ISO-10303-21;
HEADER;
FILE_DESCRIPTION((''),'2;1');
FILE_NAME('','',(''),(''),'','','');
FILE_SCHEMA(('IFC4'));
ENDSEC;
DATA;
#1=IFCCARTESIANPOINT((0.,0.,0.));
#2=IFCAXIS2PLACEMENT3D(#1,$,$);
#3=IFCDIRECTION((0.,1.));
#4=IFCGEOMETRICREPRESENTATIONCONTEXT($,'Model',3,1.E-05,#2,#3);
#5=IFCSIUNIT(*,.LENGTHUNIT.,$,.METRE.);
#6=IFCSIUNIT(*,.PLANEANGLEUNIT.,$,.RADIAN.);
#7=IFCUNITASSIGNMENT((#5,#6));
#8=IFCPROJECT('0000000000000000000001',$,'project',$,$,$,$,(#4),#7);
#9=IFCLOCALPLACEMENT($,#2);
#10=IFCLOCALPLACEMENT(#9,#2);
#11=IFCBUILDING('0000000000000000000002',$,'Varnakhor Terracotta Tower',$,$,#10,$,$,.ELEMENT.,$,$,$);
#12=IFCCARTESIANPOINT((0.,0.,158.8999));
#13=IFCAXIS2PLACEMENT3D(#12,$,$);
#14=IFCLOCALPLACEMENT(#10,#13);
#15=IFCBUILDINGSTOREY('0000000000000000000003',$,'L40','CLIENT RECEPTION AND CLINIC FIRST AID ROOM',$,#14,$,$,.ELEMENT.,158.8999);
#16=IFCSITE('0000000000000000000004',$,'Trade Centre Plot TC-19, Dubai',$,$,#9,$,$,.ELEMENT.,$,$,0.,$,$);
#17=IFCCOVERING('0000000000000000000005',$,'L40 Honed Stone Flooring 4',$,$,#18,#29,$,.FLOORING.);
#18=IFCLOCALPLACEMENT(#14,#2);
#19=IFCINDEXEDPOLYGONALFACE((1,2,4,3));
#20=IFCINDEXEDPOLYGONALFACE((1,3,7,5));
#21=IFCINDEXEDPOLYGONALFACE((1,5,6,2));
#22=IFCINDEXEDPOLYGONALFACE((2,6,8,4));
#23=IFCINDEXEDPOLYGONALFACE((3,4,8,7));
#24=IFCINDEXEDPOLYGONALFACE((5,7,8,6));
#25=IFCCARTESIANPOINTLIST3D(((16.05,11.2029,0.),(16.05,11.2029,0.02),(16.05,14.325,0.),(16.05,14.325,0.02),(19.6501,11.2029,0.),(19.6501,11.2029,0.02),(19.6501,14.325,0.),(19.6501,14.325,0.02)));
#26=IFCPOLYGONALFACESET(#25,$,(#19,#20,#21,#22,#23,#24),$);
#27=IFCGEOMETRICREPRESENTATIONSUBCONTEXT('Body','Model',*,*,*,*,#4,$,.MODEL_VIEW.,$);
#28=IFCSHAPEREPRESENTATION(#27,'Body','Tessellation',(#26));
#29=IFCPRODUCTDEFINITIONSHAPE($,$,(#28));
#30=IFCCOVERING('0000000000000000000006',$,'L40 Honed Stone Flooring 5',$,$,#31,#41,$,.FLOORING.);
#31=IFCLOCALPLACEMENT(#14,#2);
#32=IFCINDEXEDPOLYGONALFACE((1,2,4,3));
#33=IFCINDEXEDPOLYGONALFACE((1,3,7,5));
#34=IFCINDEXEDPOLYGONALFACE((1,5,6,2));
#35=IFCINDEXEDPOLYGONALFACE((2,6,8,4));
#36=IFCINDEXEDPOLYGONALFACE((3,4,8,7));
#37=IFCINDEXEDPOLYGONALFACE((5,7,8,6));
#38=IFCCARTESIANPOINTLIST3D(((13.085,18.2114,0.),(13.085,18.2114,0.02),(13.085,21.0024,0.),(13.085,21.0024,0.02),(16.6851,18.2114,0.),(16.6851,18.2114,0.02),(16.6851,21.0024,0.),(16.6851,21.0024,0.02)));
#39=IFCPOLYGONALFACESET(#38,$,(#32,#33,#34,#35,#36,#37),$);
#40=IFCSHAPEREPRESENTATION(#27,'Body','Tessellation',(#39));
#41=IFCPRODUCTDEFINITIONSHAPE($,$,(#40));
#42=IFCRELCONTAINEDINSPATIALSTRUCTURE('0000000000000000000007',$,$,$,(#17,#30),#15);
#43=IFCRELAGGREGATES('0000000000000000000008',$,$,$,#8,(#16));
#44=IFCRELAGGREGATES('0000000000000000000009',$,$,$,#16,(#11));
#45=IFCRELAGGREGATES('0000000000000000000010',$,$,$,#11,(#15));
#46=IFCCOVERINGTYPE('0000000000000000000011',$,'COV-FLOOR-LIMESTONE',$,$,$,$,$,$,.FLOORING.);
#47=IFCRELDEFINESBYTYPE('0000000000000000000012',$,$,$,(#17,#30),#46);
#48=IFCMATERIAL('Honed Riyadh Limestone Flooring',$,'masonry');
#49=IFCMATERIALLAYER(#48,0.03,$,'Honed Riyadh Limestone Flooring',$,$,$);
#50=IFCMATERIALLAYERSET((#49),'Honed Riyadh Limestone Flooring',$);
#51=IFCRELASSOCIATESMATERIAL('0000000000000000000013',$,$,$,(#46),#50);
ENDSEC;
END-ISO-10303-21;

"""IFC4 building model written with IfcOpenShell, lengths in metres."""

from ifc_helpers import new_model, si_unit, direction, frame, origin, origin_2d, place, context, subcontext, project, spatial, rectangle, extrude, source, transform, mapped, material, layer, layer_set, type_object, element, save


model = new_model("IFC4")

# Units and contexts
model_context = context("Model", 3, precision=1e-05, world=origin(), true_north=direction((0.0, 1.0)))
body_context = subcontext(model_context, "Body", "Model", "MODEL_VIEW")
ifc_project = project(units=[si_unit("LENGTHUNIT", "METRE"), si_unit("PLANEANGLEUNIT", "RADIAN")], contexts=[model_context])

# Site, building, storey
site_placement = place(None, origin())
site = spatial("IfcSite", under=ifc_project, at=site_placement, Name="Trade Centre Plot TC-19, Dubai", CompositionType="ELEMENT", RefElevation=0.0)
building_placement = place(site_placement, origin())
building = spatial("IfcBuilding", under=site, at=building_placement, Name="Varnakhor Terracotta Tower", CompositionType="ELEMENT")
storey_placement = place(building_placement, frame((0.0, 0.0, 158.8999)))
storey = spatial("IfcBuildingStorey", under=building, at=storey_placement, Name="L40", Description="CLIENT RECEPTION AND CLINIC FIRST AID ROOM", CompositionType="ELEMENT", Elevation=158.8999)

# Coverings
ifc_material_1 = material(Name="Honed Riyadh Limestone Flooring", Category="masonry")
ifc_layer_1 = layer(ifc_material_1, 0.03, Name="Honed Riyadh Limestone Flooring")
ifc_layer_set_1 = layer_set([ifc_layer_1], Name="Honed Riyadh Limestone Flooring")
covering_type = type_object("IfcCoveringType", Name="COV-FLOOR-LIMESTONE", PredefinedType="FLOORING", material=ifc_layer_set_1)
shared_shape_1 = source(origin(), body_context, "Body", "SweptSolid", [
    extrude(rectangle(XDim=3.6001, YDim=3.1221, at=origin_2d()), origin(), (0.0, 0.0, 1.0), 0.02),
])
covering_1_placement = place(storey_placement, frame((17.8501, 12.7639, 0.0), z_axis=(0.0, 0.0, 1.0), x_axis=(1.0, 0.0, 0.0)))
element("IfcCovering", 1, at=covering_1_placement, inside=storey, type_object=covering_type, Name="L40 Honed Stone Flooring 4", PredefinedType="FLOORING", context=body_context, shape_type="MappedRepresentation", body=[
    mapped(shared_shape_1, transform((0.0, 0.0, 0.0), scale=1.0)),
])
shared_shape_2 = source(origin(), body_context, "Body", "SweptSolid", [
    extrude(rectangle(XDim=3.6001, YDim=2.791, at=origin_2d()), origin(), (0.0, 0.0, 1.0), 0.02),
])
covering_2_placement = place(storey_placement, frame((14.885, 19.6069, 0.0), z_axis=(0.0, 0.0, 1.0), x_axis=(1.0, 0.0, 0.0)))
element("IfcCovering", 2, at=covering_2_placement, inside=storey, type_object=covering_type, Name="L40 Honed Stone Flooring 5", PredefinedType="FLOORING", context=body_context, shape_type="MappedRepresentation", body=[
    mapped(shared_shape_2, transform((0.0, 0.0, 0.0), scale=1.0)),
])

save(model, "model.ifc")
